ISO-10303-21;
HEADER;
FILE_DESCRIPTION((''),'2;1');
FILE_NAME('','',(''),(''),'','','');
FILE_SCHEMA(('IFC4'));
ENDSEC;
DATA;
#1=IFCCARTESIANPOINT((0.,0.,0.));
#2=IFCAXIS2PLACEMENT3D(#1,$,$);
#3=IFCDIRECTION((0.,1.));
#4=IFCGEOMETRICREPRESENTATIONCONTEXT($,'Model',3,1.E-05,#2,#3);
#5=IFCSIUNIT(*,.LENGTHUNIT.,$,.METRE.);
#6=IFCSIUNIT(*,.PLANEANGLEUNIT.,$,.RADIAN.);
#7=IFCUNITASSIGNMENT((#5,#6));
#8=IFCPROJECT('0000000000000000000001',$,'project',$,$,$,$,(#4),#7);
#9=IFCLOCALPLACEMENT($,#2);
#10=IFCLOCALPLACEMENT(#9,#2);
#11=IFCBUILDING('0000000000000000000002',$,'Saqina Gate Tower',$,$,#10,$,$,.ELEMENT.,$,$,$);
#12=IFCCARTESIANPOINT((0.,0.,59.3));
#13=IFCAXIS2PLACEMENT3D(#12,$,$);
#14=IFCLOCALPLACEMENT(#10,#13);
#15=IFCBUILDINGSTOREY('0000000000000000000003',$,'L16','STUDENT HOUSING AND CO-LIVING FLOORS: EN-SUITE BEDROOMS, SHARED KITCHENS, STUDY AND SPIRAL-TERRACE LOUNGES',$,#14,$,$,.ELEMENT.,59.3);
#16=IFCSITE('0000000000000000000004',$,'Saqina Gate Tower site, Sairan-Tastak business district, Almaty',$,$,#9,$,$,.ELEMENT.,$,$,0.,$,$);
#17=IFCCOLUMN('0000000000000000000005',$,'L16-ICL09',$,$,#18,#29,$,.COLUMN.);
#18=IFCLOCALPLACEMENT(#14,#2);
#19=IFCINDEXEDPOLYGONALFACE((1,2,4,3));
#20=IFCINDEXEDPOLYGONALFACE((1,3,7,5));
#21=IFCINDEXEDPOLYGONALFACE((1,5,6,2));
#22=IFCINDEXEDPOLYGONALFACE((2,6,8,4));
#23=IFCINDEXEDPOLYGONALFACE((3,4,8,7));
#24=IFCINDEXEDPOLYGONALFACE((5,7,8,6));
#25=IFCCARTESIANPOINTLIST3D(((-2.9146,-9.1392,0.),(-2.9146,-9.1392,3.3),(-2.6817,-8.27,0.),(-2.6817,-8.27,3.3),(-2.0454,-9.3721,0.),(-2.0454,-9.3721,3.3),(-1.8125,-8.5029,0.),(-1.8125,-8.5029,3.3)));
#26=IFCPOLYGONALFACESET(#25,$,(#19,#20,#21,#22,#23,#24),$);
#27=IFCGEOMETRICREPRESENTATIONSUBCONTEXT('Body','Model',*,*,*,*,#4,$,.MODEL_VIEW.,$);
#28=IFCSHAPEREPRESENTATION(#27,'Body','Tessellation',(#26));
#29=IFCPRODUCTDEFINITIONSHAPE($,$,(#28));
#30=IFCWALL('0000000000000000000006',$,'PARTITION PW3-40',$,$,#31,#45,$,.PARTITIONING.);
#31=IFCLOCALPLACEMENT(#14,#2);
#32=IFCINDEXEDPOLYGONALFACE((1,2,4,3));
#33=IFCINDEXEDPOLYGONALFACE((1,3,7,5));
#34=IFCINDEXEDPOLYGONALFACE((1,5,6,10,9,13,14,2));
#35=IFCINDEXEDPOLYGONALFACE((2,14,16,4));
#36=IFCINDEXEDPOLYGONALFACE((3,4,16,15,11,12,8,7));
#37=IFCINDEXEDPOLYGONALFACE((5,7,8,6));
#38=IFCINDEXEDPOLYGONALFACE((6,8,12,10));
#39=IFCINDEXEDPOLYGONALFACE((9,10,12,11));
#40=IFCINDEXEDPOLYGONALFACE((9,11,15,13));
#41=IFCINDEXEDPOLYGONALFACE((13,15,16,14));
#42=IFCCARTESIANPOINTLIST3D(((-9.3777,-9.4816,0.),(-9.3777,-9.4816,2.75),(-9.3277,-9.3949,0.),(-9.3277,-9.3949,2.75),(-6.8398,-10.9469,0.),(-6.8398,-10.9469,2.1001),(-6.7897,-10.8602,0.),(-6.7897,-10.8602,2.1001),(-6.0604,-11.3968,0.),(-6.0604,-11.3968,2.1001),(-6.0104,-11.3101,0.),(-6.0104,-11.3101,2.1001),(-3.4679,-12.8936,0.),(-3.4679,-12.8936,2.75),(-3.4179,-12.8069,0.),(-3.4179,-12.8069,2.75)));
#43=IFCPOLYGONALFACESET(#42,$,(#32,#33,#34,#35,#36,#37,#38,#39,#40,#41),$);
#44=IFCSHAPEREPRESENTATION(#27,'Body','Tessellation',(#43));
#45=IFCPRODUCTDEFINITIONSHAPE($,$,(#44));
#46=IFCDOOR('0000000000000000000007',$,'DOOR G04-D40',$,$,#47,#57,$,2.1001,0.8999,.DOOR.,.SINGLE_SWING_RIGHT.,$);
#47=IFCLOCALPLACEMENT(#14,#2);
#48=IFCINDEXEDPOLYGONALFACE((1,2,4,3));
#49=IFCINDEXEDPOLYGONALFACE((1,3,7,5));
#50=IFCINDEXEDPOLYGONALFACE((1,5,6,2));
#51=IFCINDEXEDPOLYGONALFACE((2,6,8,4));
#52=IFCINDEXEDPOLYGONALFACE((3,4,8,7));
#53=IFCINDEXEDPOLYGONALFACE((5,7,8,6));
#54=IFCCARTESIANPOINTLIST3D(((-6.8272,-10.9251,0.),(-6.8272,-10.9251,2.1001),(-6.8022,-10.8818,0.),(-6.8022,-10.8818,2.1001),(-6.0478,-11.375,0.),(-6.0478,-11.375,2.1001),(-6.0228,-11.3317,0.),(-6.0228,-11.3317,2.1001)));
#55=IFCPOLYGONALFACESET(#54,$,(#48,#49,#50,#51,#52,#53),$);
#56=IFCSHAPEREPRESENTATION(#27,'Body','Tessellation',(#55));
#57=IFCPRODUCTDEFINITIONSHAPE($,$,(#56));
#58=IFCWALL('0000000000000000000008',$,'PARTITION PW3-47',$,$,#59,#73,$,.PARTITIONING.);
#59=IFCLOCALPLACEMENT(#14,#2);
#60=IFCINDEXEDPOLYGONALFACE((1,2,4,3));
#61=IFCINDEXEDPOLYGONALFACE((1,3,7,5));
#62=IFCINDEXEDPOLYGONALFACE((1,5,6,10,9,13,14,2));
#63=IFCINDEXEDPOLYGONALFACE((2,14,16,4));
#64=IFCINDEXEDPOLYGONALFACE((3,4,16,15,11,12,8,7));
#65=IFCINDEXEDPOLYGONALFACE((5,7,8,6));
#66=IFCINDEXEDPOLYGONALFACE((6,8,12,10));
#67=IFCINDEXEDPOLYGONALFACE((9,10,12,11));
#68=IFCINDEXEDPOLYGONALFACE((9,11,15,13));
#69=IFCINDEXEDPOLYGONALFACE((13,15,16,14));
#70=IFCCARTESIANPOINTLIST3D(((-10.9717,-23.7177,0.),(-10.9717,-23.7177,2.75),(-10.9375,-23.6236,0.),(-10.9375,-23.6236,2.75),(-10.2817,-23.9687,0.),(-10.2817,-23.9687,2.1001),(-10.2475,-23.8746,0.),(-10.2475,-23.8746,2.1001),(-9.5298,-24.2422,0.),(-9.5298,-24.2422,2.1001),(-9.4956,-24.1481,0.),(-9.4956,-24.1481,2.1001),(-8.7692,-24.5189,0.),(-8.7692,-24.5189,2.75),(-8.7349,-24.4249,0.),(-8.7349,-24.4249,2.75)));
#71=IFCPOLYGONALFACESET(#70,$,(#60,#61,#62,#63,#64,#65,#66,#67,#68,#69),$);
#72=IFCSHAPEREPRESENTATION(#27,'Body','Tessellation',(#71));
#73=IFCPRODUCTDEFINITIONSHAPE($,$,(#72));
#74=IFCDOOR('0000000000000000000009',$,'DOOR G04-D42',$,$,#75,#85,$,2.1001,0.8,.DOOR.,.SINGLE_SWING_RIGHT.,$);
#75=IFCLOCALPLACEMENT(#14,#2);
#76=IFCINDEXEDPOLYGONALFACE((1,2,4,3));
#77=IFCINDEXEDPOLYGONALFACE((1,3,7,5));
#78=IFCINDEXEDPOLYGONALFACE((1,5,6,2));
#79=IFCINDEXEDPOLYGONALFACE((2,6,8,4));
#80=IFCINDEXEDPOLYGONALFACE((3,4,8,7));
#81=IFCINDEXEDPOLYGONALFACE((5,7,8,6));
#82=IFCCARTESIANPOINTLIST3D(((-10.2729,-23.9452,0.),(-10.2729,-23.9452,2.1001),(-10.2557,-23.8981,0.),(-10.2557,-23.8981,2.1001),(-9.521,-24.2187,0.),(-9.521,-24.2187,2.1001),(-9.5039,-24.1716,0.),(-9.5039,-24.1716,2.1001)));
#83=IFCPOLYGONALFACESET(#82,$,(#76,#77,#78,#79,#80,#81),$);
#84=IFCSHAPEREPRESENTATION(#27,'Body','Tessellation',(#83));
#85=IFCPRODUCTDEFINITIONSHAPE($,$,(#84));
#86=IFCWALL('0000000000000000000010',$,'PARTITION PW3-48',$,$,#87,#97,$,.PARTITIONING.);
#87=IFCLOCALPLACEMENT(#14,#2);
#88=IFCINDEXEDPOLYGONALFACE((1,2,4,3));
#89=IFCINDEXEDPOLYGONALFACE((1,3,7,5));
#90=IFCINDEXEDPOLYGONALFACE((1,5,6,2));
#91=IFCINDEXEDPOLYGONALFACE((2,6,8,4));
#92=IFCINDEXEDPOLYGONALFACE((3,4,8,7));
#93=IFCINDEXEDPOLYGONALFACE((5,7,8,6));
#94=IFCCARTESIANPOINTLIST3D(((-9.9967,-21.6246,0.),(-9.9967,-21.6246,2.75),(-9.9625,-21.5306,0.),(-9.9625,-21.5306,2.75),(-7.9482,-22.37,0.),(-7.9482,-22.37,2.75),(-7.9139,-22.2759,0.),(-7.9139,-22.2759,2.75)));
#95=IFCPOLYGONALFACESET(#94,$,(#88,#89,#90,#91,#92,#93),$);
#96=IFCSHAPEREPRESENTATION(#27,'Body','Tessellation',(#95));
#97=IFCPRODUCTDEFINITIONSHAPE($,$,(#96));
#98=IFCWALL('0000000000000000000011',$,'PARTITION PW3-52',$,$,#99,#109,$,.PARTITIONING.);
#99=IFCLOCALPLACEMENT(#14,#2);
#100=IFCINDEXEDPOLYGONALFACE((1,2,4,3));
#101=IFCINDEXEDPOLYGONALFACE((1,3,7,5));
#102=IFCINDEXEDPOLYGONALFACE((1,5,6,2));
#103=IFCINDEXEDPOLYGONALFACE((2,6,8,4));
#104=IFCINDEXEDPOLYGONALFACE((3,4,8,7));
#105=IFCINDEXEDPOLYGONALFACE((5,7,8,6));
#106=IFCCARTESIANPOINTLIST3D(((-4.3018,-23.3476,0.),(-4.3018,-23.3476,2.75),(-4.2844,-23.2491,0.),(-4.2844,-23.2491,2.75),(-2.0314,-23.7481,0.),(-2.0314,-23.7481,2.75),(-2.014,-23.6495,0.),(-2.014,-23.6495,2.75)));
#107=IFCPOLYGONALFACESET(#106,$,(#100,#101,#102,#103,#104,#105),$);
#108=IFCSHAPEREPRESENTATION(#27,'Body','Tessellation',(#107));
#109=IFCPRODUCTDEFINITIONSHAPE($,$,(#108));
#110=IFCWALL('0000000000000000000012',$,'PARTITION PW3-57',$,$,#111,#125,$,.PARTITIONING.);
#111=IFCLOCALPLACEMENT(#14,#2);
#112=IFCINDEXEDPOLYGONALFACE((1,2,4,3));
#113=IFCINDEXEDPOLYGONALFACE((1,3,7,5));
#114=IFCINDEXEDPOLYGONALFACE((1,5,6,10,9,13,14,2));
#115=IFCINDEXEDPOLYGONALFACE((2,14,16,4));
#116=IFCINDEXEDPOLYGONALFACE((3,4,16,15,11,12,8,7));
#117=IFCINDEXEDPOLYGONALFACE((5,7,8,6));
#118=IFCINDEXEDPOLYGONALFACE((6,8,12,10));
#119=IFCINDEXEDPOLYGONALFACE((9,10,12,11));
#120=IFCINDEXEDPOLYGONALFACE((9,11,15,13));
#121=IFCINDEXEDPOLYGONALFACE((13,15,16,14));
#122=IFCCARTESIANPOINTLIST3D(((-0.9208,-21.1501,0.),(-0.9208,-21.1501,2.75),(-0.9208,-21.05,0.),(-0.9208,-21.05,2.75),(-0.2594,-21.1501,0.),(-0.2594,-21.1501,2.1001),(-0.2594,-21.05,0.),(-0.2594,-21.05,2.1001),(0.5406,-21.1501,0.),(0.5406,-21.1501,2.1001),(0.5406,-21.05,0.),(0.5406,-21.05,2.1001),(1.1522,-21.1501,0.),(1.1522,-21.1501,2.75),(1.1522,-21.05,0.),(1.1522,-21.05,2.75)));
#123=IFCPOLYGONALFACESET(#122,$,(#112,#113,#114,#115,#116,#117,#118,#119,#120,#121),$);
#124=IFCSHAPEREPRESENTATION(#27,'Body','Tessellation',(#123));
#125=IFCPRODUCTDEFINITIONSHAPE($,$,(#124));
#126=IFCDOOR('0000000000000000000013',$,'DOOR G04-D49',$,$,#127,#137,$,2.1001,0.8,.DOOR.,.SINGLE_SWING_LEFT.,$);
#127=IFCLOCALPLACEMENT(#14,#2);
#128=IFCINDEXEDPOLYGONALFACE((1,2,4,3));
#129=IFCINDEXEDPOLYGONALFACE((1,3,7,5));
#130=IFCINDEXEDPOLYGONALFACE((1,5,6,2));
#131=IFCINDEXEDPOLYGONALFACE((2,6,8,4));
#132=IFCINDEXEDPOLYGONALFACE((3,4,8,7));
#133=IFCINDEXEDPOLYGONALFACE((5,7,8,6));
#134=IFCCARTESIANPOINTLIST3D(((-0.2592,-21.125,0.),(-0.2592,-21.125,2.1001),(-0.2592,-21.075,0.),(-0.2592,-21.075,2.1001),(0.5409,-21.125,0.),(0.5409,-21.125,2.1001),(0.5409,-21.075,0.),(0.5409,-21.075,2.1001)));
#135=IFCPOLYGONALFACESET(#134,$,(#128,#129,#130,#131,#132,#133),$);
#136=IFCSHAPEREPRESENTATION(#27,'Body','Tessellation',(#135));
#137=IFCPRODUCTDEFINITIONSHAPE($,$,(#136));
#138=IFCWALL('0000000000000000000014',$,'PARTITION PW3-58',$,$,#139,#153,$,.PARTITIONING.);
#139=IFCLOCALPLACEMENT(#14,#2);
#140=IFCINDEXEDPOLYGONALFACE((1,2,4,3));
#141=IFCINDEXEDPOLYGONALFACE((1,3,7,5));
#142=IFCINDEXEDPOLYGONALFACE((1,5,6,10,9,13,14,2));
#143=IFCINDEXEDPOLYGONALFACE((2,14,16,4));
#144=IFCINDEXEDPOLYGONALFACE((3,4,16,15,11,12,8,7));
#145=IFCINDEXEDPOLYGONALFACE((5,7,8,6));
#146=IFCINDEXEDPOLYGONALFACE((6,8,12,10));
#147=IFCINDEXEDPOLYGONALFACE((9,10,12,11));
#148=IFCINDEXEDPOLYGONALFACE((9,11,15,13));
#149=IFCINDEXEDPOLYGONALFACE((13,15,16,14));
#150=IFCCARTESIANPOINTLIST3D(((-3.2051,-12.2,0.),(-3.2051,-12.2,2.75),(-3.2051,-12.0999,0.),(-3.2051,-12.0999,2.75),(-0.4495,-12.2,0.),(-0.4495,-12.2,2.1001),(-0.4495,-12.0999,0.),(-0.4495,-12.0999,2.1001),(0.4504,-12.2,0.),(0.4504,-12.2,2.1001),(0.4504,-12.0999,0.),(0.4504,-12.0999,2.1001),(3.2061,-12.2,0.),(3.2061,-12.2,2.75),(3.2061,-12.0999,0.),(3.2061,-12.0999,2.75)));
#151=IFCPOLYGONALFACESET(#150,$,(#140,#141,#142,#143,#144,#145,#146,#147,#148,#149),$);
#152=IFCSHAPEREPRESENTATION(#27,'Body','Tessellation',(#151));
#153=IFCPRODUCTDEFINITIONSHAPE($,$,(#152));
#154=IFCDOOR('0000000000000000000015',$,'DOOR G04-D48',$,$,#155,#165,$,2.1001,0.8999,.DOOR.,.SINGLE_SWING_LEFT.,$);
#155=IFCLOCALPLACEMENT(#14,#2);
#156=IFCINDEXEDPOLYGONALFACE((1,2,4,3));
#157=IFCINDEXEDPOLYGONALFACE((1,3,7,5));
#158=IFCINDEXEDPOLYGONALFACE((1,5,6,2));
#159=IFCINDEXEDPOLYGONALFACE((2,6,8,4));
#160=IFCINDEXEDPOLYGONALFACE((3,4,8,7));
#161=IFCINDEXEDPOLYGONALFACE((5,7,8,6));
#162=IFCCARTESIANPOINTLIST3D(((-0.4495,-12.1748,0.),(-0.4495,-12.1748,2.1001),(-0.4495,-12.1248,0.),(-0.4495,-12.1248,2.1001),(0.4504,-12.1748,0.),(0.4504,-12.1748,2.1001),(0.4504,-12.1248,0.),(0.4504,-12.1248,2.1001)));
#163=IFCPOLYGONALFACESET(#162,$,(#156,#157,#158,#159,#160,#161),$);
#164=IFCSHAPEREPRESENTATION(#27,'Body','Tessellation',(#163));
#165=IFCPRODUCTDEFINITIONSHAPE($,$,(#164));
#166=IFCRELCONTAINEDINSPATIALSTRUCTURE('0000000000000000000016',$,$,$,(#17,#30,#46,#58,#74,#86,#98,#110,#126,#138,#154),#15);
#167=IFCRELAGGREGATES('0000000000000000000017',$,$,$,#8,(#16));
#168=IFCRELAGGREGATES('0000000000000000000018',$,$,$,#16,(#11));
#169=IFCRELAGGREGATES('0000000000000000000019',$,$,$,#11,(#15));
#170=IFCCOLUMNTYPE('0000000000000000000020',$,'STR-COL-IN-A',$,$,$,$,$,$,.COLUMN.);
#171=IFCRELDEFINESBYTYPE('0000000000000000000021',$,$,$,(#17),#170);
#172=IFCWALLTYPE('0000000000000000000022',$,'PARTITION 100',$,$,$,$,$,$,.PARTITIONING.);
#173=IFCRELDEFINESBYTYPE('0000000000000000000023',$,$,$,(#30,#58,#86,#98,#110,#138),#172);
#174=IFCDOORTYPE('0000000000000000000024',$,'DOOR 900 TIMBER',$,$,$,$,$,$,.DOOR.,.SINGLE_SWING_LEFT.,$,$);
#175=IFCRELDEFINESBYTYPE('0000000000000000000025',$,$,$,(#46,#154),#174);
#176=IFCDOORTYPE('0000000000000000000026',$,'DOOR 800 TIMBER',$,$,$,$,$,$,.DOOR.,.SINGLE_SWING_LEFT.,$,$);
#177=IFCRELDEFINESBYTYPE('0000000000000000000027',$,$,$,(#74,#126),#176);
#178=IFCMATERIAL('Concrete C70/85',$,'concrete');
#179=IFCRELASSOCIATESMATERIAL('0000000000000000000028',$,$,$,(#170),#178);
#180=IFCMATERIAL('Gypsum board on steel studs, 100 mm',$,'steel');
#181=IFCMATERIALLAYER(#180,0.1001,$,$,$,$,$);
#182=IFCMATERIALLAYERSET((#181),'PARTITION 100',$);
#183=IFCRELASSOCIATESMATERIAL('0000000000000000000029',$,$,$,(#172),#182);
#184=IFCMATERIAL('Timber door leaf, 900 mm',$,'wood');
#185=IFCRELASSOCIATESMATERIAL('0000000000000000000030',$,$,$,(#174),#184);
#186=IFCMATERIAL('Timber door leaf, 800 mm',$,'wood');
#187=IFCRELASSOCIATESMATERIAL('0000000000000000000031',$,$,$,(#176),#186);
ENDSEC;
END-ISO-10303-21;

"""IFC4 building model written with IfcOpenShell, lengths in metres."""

from ifc_helpers import new_model, si_unit, direction, frame, frame_2d, origin, origin_2d, place, context, subcontext, project, spatial, rectangle, extrude, material, layer, layer_set, material_profile, profile_set, type_object, element, fill, save


model = new_model("IFC4")

# Units and contexts
model_context = context("Model", 3, precision=1e-05, world=origin(), true_north=direction((0.0, 1.0)))
body_context = subcontext(model_context, "Body", "Model", "MODEL_VIEW")
ifc_project = project(units=[si_unit("LENGTHUNIT", "METRE"), si_unit("PLANEANGLEUNIT", "RADIAN")], contexts=[model_context])

# Site, building, storey
site_placement = place(None, origin())
site = spatial("IfcSite", under=ifc_project, at=site_placement, Name="Saqina Gate Tower site, Sairan-Tastak business district, Almaty", CompositionType="ELEMENT", RefElevation=0.0)
building_placement = place(site_placement, origin())
building = spatial("IfcBuilding", under=site, at=building_placement, Name="Saqina Gate Tower", CompositionType="ELEMENT")
storey_placement = place(building_placement, frame((0.0, 0.0, 59.3)))
storey = spatial("IfcBuildingStorey", under=building, at=storey_placement, Name="L16", Description="STUDENT HOUSING AND CO-LIVING FLOORS: EN-SUITE BEDROOMS, SHARED KITCHENS, STUDY AND SPIRAL-TERRACE LOUNGES", CompositionType="ELEMENT", Elevation=59.3)

# Column
ifc_material_1 = material(Name="Concrete C70/85", Category="concrete")
ifc_material_profile = material_profile(ifc_material_1, rectangle(XDim=0.8999, YDim=0.8999, at=origin_2d()), Name="RC 900x900")
ifc_profile_set = profile_set([ifc_material_profile], Name="Concrete C70/85")
column_type = type_object("IfcColumnType", Name="STR-COL-IN-A", PredefinedType="COLUMN", material=ifc_profile_set)
column_placement = place(storey_placement, frame((-2.3635, -8.821, 0.0), z_axis=(0.0, 0.0, 1.0), x_axis=(-0.258819, -0.965926, 0.0)))
element("IfcColumn", 1, at=column_placement, inside=storey, type_object=column_type, Name="L16-ICL09", PredefinedType="COLUMN", context=body_context, shape_type="SweptSolid", body=[
    extrude(rectangle(XDim=0.8999, YDim=0.8999, at=origin_2d()), origin(), (0.0, 0.0, 1.0), 3.3),
])

# Walls, openings, doors
ifc_material_2 = material(Name="Gypsum board on steel studs, 100 mm", Category="steel")
ifc_layer_1 = layer(ifc_material_2, 0.1001)
ifc_layer_set_1 = layer_set([ifc_layer_1], Name="PARTITION 100")
wall_type_1 = type_object("IfcWallType", Name="PARTITION 100", PredefinedType="PARTITIONING", material=ifc_layer_set_1)
wall_1_placement = place(storey_placement, frame((-9.3528, -9.4382, 0.0), z_axis=(0.0, 0.0, 1.0), x_axis=(0.866031, -0.499991, 0.0)))
wall_1 = element("IfcWall", 2, at=wall_1_placement, inside=storey, type_object=wall_type_1, Name="PARTITION PW3-40", PredefinedType="PARTITIONING", context=body_context, shape_type="SweptSolid", body=[
    extrude(rectangle(XDim=6.824, YDim=0.1001, at=frame_2d((3.4121, 0.0))), origin(), (0.0, 0.0, 1.0), 2.75),
])
opening_1_placement = place(wall_1_placement, frame((2.9307, 0.0, 0.0)))
opening_1 = element("IfcOpeningElement", 3, at=opening_1_placement, cuts=wall_1, PredefinedType="OPENING", context=body_context, shape_type="SweptSolid", body=[
    extrude(rectangle(XDim=0.8999, YDim=2.1001, at=frame_2d((0.45, 1.05))), frame((0.0, 0.062, 0.0), z_axis=(0.0, -1.0, 0.0), x_axis=(1.0, 0.0, 0.0)), (0.0, 0.0, 1.0), 0.124),
])
ifc_material_3 = material(Name="Timber door leaf, 900 mm", Category="wood")
door_type_1 = type_object("IfcDoorType", Name="DOOR 900 TIMBER", OperationType="SINGLE_SWING_LEFT", PredefinedType="DOOR", material=ifc_material_3)
door_1_placement = place(opening_1_placement, frame((0.8999, 0.0, 0.0), z_axis=(0.0, 0.0, 1.0), x_axis=(-1.0, 0.0, 0.0)))
door_1 = element("IfcDoor", 4, at=door_1_placement, inside=storey, type_object=door_type_1, Name="DOOR G04-D40", OperationType="SINGLE_SWING_RIGHT", OverallHeight=2.1001, OverallWidth=0.8999, PredefinedType="DOOR", context=body_context, shape_type="SweptSolid", body=[
    extrude(rectangle(XDim=0.8999, YDim=2.1001, at=frame_2d((0.45, 1.05))), frame((0.0, 0.0249, 0.0), z_axis=(0.0, -1.0, 0.0), x_axis=(1.0, 0.0, 0.0)), (0.0, 0.0, 1.0), 0.05),
])
fill(opening_1, door_1)
wall_2_placement = place(storey_placement, frame((-10.9546, -23.6707, 0.0), z_axis=(0.0, 0.0, 1.0), x_axis=(0.939751, -0.34186, 0.0)))
wall_2 = element("IfcWall", 5, at=wall_2_placement, inside=storey, type_object=wall_type_1, Name="PARTITION PW3-47", PredefinedType="PARTITIONING", context=body_context, shape_type="SweptSolid", body=[
    extrude(rectangle(XDim=2.3438, YDim=0.1001, at=frame_2d((1.1719, 0.0))), origin(), (0.0, 0.0, 1.0), 2.75),
])
opening_2_placement = place(wall_2_placement, frame((0.7344, 0.0, 0.0)))
opening_2 = element("IfcOpeningElement", 6, at=opening_2_placement, cuts=wall_2, PredefinedType="OPENING", context=body_context, shape_type="SweptSolid", body=[
    extrude(rectangle(XDim=0.8, YDim=2.1001, at=frame_2d((0.3999, 1.05))), frame((0.0, 0.062, 0.0), z_axis=(0.0, -1.0, 0.0), x_axis=(1.0, 0.0, 0.0)), (0.0, 0.0, 1.0), 0.124),
])
ifc_material_4 = material(Name="Timber door leaf, 800 mm", Category="wood")
door_type_2 = type_object("IfcDoorType", Name="DOOR 800 TIMBER", OperationType="SINGLE_SWING_LEFT", PredefinedType="DOOR", material=ifc_material_4)
door_2_placement = place(opening_2_placement, frame((0.8, 0.0, 0.0), z_axis=(0.0, 0.0, 1.0), x_axis=(-1.0, 0.0, 0.0)))
door_2 = element("IfcDoor", 7, at=door_2_placement, inside=storey, type_object=door_type_2, Name="DOOR G04-D42", OperationType="SINGLE_SWING_RIGHT", OverallHeight=2.1001, OverallWidth=0.8, PredefinedType="DOOR", context=body_context, shape_type="SweptSolid", body=[
    extrude(rectangle(XDim=0.8, YDim=2.1001, at=frame_2d((0.3999, 1.05))), frame((0.0, 0.0249, 0.0), z_axis=(0.0, -1.0, 0.0), x_axis=(1.0, 0.0, 0.0)), (0.0, 0.0, 1.0), 0.05),
])
fill(opening_2, door_2)

# Walls
wall_3_placement = place(storey_placement, frame((-9.9795, -21.5776, 0.0), z_axis=(0.0, 0.0, 1.0), x_axis=(0.939731, -0.341914, 0.0)))
element("IfcWall", 8, at=wall_3_placement, inside=storey, type_object=wall_type_1, Name="PARTITION PW3-48", PredefinedType="PARTITIONING", context=body_context, shape_type="SweptSolid", body=[
    extrude(rectangle(XDim=2.1799, YDim=0.1001, at=frame_2d((1.0898, 0.0))), origin(), (0.0, 0.0, 1.0), 2.75),
])
wall_4_placement = place(storey_placement, frame((-4.2932, -23.2983, 0.0), z_axis=(0.0, 0.0, 1.0), x_axis=(0.984802, -0.173683, 0.0)))
element("IfcWall", 9, at=wall_4_placement, inside=storey, type_object=wall_type_1, Name="PARTITION PW3-52", PredefinedType="PARTITIONING", context=body_context, shape_type="SweptSolid", body=[
    extrude(rectangle(XDim=2.3054, YDim=0.1001, at=frame_2d((1.1528, 0.0))), origin(), (0.0, 0.0, 1.0), 2.75),
])

# Walls, openings, doors
wall_5_placement = place(storey_placement, frame((-0.9209, -21.1001, 0.0), z_axis=(0.0, 0.0, 1.0), x_axis=(1.0, 0.0, 0.0)))
wall_5 = element("IfcWall", 10, at=wall_5_placement, inside=storey, type_object=wall_type_1, Name="PARTITION PW3-57", PredefinedType="PARTITIONING", context=body_context, shape_type="SweptSolid", body=[
    extrude(rectangle(XDim=2.073, YDim=0.1001, at=frame_2d((1.0366, 0.0))), origin(), (0.0, 0.0, 1.0), 2.75),
])
opening_3_placement = place(wall_5_placement, frame((0.6616, 0.0, 0.0)))
opening_3 = element("IfcOpeningElement", 11, at=opening_3_placement, cuts=wall_5, PredefinedType="OPENING", context=body_context, shape_type="SweptSolid", body=[
    extrude(rectangle(XDim=0.8, YDim=2.1001, at=frame_2d((0.3999, 1.05))), frame((0.0, 0.062, 0.0), z_axis=(0.0, -1.0, 0.0), x_axis=(1.0, 0.0, 0.0)), (0.0, 0.0, 1.0), 0.124),
])
door_3_placement = place(opening_3_placement, frame((0.8, 0.0, 0.0), z_axis=(0.0, 0.0, 1.0), x_axis=(-1.0, 0.0, 0.0)))
door_3 = element("IfcDoor", 12, at=door_3_placement, inside=storey, type_object=door_type_2, Name="DOOR G04-D49", OperationType="SINGLE_SWING_LEFT", OverallHeight=2.1001, OverallWidth=0.8, PredefinedType="DOOR", context=body_context, shape_type="SweptSolid", body=[
    extrude(rectangle(XDim=0.8, YDim=2.1001, at=frame_2d((0.3999, 1.05))), frame((0.0, 0.0249, 0.0), z_axis=(0.0, -1.0, 0.0), x_axis=(1.0, 0.0, 0.0)), (0.0, 0.0, 1.0), 0.05),
])
fill(opening_3, door_3)
wall_6_placement = place(storey_placement, frame((-3.2051, -12.1499, 0.0), z_axis=(0.0, 0.0, 1.0), x_axis=(1.0, 0.0, 0.0)))
wall_6 = element("IfcWall", 13, at=wall_6_placement, inside=storey, type_object=wall_type_1, Name="PARTITION PW3-58", PredefinedType="PARTITIONING", context=body_context, shape_type="SweptSolid", body=[
    extrude(rectangle(XDim=6.4111, YDim=0.1001, at=frame_2d((3.2056, 0.0))), origin(), (0.0, 0.0, 1.0), 2.75),
])
opening_4_placement = place(wall_6_placement, frame((2.7556, 0.0, 0.0)))
opening_4 = element("IfcOpeningElement", 14, at=opening_4_placement, cuts=wall_6, PredefinedType="OPENING", context=body_context, shape_type="SweptSolid", body=[
    extrude(rectangle(XDim=0.8999, YDim=2.1001, at=frame_2d((0.45, 1.05))), frame((0.0, 0.062, 0.0), z_axis=(0.0, -1.0, 0.0), x_axis=(1.0, 0.0, 0.0)), (0.0, 0.0, 1.0), 0.124),
])
door_4_placement = place(opening_4_placement, frame((0.8999, 0.0, 0.0), z_axis=(0.0, 0.0, 1.0), x_axis=(-1.0, 0.0, 0.0)))
door_4 = element("IfcDoor", 15, at=door_4_placement, inside=storey, type_object=door_type_1, Name="DOOR G04-D48", OperationType="SINGLE_SWING_LEFT", OverallHeight=2.1001, OverallWidth=0.8999, PredefinedType="DOOR", context=body_context, shape_type="SweptSolid", body=[
    extrude(rectangle(XDim=0.8999, YDim=2.1001, at=frame_2d((0.45, 1.05))), frame((0.0, 0.0249, 0.0), z_axis=(0.0, -1.0, 0.0), x_axis=(1.0, 0.0, 0.0)), (0.0, 0.0, 1.0), 0.05),
])
fill(opening_4, door_4)

save(model, "model.ifc")
